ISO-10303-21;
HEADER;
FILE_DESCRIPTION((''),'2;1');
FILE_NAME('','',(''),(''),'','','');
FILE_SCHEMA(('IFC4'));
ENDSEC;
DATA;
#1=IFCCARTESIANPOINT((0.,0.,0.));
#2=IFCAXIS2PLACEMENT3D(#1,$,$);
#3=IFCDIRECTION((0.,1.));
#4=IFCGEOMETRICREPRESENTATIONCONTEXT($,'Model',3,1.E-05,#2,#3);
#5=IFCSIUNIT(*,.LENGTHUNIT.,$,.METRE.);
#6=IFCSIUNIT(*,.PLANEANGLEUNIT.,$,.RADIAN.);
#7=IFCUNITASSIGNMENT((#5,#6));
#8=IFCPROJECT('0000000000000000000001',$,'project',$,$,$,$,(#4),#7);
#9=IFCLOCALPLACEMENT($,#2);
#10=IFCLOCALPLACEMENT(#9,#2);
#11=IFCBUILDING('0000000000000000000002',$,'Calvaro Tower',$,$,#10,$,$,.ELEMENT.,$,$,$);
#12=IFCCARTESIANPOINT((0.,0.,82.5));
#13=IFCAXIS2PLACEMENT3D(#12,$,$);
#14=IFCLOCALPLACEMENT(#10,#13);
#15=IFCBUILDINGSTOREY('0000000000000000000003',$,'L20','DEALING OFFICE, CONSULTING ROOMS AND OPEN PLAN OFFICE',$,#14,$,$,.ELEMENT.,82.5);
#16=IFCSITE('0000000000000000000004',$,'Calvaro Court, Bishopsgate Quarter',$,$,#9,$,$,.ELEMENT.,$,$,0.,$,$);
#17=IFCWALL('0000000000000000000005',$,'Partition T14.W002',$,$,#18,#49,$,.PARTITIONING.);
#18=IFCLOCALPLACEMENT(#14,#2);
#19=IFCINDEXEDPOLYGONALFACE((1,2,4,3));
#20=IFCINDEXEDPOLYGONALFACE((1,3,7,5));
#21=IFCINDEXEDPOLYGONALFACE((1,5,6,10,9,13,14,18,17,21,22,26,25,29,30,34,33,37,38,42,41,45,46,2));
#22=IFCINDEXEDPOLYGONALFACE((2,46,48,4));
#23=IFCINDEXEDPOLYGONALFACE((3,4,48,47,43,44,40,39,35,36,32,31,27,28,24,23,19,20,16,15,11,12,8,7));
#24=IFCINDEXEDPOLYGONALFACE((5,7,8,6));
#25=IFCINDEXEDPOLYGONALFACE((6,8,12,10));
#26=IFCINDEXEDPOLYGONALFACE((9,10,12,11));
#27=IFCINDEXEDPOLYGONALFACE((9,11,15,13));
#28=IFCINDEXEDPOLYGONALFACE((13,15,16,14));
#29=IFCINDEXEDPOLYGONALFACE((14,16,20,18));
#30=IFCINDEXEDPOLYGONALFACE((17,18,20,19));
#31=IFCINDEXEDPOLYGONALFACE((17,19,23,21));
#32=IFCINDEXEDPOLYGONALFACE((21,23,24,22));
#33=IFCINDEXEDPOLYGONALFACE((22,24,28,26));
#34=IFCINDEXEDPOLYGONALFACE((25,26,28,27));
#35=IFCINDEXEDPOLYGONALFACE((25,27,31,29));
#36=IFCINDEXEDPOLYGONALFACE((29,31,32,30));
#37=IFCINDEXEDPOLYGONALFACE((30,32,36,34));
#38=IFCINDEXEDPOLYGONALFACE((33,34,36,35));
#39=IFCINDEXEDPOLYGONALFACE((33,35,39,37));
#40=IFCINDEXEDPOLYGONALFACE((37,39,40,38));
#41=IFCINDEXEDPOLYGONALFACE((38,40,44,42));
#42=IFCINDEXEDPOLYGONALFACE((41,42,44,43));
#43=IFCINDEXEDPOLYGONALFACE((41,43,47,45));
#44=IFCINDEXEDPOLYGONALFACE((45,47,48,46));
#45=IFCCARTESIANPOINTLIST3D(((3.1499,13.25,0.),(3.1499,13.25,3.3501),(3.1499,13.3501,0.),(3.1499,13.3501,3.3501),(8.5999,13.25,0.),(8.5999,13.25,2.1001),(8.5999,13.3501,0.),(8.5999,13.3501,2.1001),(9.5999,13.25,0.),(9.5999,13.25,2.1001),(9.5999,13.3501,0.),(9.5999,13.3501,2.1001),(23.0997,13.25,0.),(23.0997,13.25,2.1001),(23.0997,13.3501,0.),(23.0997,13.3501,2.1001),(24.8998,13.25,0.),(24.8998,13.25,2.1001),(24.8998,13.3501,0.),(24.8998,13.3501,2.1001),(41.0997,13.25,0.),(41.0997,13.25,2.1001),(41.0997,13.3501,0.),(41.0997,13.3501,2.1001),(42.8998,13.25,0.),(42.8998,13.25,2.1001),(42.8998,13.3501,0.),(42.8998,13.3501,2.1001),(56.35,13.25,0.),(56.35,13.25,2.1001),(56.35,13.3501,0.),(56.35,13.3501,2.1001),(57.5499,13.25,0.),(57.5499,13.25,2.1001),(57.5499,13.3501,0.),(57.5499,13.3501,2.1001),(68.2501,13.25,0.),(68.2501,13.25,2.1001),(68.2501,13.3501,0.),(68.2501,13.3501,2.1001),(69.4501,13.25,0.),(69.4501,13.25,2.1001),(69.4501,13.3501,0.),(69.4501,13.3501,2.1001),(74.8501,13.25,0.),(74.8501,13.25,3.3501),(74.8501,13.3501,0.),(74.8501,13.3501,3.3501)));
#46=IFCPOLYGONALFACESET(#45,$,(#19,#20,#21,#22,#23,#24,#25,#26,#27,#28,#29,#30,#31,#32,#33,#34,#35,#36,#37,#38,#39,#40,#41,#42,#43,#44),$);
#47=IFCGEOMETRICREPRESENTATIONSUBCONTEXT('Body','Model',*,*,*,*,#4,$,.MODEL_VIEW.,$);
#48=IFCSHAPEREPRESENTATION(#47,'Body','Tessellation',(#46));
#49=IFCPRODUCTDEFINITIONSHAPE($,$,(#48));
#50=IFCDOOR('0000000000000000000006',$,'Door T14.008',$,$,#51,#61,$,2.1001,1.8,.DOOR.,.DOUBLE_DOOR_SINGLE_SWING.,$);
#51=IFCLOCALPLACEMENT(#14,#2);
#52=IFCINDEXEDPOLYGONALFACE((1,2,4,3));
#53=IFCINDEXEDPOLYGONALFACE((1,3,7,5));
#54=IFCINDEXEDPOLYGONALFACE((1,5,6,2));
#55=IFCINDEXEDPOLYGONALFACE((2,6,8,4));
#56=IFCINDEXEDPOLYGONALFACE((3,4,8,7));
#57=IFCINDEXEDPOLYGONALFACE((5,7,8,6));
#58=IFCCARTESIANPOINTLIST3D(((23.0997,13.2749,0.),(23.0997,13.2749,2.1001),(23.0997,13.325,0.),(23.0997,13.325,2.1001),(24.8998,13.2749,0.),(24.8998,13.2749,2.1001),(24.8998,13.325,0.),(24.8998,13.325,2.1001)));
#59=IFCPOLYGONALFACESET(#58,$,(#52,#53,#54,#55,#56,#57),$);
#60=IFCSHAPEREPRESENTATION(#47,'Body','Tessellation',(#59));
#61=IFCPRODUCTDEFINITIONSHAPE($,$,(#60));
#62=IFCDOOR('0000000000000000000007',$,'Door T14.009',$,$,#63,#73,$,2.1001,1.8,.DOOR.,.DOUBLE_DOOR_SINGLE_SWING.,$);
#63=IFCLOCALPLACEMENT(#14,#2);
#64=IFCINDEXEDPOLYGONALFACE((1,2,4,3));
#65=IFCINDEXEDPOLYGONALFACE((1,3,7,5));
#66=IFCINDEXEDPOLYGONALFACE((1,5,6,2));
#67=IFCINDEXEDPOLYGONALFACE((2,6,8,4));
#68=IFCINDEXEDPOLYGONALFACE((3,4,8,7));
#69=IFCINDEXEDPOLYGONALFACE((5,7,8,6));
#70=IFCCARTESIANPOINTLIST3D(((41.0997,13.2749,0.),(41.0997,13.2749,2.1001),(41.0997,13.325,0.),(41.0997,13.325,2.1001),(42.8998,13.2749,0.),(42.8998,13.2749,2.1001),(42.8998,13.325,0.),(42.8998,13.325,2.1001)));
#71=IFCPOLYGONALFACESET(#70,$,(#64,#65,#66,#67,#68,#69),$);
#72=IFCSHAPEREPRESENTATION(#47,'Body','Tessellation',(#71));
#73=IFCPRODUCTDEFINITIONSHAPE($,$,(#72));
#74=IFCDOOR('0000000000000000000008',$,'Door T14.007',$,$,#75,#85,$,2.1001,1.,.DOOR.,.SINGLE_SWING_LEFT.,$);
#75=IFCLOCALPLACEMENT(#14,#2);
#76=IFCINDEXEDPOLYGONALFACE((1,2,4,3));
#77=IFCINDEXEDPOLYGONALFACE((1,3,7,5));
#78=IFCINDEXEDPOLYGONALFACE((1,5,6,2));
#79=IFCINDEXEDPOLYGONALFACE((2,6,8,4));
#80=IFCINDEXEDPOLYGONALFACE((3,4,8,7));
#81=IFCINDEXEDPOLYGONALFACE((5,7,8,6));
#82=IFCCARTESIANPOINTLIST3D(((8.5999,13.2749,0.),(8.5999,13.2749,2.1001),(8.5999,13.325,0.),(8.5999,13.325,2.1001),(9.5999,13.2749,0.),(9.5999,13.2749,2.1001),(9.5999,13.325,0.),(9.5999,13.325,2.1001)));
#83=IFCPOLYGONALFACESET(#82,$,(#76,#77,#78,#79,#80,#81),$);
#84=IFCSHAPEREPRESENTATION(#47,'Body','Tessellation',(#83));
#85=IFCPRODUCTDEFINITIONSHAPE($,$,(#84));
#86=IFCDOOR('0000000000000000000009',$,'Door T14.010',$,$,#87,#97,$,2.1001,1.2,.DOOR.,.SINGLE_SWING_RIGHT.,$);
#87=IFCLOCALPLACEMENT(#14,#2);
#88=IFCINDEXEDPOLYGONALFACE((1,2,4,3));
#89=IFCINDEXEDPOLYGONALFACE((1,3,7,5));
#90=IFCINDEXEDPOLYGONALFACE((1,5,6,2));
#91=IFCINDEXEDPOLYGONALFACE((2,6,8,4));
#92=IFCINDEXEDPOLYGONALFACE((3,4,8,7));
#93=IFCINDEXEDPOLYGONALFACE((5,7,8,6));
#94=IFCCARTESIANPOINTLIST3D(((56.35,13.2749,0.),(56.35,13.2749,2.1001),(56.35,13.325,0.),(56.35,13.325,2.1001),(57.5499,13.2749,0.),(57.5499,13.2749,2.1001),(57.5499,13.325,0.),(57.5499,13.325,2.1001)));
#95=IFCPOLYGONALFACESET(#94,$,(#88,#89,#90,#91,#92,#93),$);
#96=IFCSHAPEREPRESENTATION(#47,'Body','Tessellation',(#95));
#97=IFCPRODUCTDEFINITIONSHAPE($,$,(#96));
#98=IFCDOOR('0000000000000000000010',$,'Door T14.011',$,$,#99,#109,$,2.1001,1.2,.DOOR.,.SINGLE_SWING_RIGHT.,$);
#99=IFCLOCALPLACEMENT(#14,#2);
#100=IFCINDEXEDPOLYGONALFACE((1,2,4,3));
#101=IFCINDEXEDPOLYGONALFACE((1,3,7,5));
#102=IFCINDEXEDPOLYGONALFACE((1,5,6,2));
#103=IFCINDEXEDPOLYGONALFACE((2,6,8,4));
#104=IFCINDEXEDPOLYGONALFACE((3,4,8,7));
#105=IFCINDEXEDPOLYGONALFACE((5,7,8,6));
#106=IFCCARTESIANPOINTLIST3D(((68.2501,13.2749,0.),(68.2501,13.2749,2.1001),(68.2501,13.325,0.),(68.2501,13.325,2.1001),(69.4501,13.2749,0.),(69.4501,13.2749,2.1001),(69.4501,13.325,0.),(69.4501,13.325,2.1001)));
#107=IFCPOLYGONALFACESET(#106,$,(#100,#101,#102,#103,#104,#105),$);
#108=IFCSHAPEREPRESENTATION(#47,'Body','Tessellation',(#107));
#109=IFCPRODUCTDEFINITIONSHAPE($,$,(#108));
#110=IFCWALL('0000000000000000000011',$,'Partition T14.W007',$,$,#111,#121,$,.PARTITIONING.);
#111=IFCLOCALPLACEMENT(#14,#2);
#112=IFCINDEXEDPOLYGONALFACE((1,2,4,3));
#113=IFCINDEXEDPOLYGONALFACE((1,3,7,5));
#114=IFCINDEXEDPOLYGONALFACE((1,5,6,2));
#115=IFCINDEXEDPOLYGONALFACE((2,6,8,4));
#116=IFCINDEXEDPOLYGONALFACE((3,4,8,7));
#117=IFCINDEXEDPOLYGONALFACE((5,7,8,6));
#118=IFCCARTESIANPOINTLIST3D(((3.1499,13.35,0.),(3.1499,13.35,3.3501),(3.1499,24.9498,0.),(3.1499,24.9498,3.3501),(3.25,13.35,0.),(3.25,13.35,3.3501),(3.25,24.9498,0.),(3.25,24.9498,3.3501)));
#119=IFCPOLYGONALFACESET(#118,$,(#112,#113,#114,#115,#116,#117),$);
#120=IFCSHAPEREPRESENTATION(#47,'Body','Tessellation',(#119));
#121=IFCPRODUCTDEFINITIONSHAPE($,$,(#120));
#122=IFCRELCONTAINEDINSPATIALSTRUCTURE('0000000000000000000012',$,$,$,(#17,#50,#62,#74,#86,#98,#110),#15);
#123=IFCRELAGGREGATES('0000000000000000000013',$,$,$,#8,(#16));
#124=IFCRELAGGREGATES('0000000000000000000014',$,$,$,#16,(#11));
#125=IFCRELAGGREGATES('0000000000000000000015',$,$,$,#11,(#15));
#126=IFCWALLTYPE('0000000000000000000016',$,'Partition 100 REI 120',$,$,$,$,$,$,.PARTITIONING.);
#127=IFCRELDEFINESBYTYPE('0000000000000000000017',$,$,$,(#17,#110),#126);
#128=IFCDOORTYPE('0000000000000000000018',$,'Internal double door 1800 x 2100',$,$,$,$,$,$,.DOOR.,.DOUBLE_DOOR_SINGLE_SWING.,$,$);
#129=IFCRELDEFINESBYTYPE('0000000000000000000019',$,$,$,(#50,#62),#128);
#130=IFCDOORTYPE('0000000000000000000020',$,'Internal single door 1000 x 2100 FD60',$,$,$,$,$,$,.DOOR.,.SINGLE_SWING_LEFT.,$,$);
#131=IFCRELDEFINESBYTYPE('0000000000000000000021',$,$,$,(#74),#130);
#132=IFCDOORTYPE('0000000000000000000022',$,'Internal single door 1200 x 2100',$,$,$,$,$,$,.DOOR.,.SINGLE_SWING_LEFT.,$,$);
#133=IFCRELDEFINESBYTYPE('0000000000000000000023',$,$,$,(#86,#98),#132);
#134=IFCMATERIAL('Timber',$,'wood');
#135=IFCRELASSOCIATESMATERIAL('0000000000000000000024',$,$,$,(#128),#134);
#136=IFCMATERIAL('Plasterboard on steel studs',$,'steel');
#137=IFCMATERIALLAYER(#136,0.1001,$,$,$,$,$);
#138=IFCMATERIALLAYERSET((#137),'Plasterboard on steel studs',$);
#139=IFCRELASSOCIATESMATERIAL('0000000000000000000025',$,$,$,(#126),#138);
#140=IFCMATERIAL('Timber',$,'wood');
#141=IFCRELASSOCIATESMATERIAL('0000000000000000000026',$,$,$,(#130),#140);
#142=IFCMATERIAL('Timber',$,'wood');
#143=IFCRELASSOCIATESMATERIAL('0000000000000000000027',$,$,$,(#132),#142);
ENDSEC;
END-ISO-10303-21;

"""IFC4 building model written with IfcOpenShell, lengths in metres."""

from ifc_helpers import new_model, si_unit, direction, frame, frame_2d, origin, place, context, subcontext, project, spatial, rectangle, extrude, material, layer, layer_set, type_object, element, fill, save


model = new_model("IFC4")

# Units and contexts
model_context = context("Model", 3, precision=1e-05, world=origin(), true_north=direction((0.0, 1.0)))
body_context = subcontext(model_context, "Body", "Model", "MODEL_VIEW")
ifc_project = project(units=[si_unit("LENGTHUNIT", "METRE"), si_unit("PLANEANGLEUNIT", "RADIAN")], contexts=[model_context])

# Site, building, storey
site_placement = place(None, origin())
site = spatial("IfcSite", under=ifc_project, at=site_placement, Name="Calvaro Court, Bishopsgate Quarter", CompositionType="ELEMENT", RefElevation=0.0)
building_placement = place(site_placement, origin())
building = spatial("IfcBuilding", under=site, at=building_placement, Name="Calvaro Tower", CompositionType="ELEMENT")
storey_placement = place(building_placement, frame((0.0, 0.0, 82.5)))
storey = spatial("IfcBuildingStorey", under=building, at=storey_placement, Name="L20", Description="DEALING OFFICE, CONSULTING ROOMS AND OPEN PLAN OFFICE", CompositionType="ELEMENT", Elevation=82.5)

# Wall, openings, doors
ifc_material_1 = material(Name="Timber", Category="wood")
door_type_1 = type_object("IfcDoorType", Name="Internal double door 1800 x 2100", OperationType="DOUBLE_DOOR_SINGLE_SWING", PredefinedType="DOOR", material=ifc_material_1)
ifc_material_2 = material(Name="Plasterboard on steel studs", Category="steel")
ifc_layer_1 = layer(ifc_material_2, 0.1001)
ifc_layer_set_1 = layer_set([ifc_layer_1], Name="Plasterboard on steel studs")
wall_type_1 = type_object("IfcWallType", Name="Partition 100 REI 120", PredefinedType="PARTITIONING", material=ifc_layer_set_1)
wall_1_placement = place(storey_placement, frame((3.1499, 13.3, 0.0), z_axis=(0.0, 0.0, 1.0), x_axis=(1.0, 0.0, 0.0)))
wall_1 = element("IfcWall", 1, at=wall_1_placement, inside=storey, type_object=wall_type_1, Name="Partition T14.W002", PredefinedType="PARTITIONING", context=body_context, shape_type="SweptSolid", body=[
    extrude(rectangle(XDim=71.7002, YDim=0.1001, at=frame_2d((35.8501, 0.0))), origin(), (0.0, 0.0, 1.0), 3.3501),
])
opening_1_placement = place(wall_1_placement, frame((5.45, 0.0, 0.0)))
opening_1 = element("IfcOpeningElement", 2, at=opening_1_placement, cuts=wall_1, PredefinedType="OPENING", context=body_context, shape_type="SweptSolid", body=[
    extrude(rectangle(XDim=1.0, YDim=2.1001, at=frame_2d((0.5, 1.05))), frame((0.0, 0.0601, 0.0), z_axis=(0.0, -1.0, 0.0), x_axis=(1.0, 0.0, 0.0)), (0.0, 0.0, 1.0), 0.1201),
])
opening_2_placement = place(wall_1_placement, frame((19.95, 0.0, 0.0)))
opening_2 = element("IfcOpeningElement", 3, at=opening_2_placement, cuts=wall_1, PredefinedType="OPENING", context=body_context, shape_type="SweptSolid", body=[
    extrude(rectangle(XDim=1.8, YDim=2.1001, at=frame_2d((0.8999, 1.05))), frame((0.0, 0.0601, 0.0), z_axis=(0.0, -1.0, 0.0), x_axis=(1.0, 0.0, 0.0)), (0.0, 0.0, 1.0), 0.1201),
])
opening_3_placement = place(wall_1_placement, frame((37.95, 0.0, 0.0)))
opening_3 = element("IfcOpeningElement", 4, at=opening_3_placement, cuts=wall_1, PredefinedType="OPENING", context=body_context, shape_type="SweptSolid", body=[
    extrude(rectangle(XDim=1.8, YDim=2.1001, at=frame_2d((0.8999, 1.05))), frame((0.0, 0.0601, 0.0), z_axis=(0.0, -1.0, 0.0), x_axis=(1.0, 0.0, 0.0)), (0.0, 0.0, 1.0), 0.1201),
])
opening_4_placement = place(wall_1_placement, frame((53.2, 0.0, 0.0)))
opening_4 = element("IfcOpeningElement", 5, at=opening_4_placement, cuts=wall_1, PredefinedType="OPENING", context=body_context, shape_type="SweptSolid", body=[
    extrude(rectangle(XDim=1.2, YDim=2.1001, at=frame_2d((0.6001, 1.05))), frame((0.0, 0.0601, 0.0), z_axis=(0.0, -1.0, 0.0), x_axis=(1.0, 0.0, 0.0)), (0.0, 0.0, 1.0), 0.1201),
])
opening_5_placement = place(wall_1_placement, frame((65.1001, 0.0, 0.0)))
opening_5 = element("IfcOpeningElement", 6, at=opening_5_placement, cuts=wall_1, PredefinedType="OPENING", context=body_context, shape_type="SweptSolid", body=[
    extrude(rectangle(XDim=1.2, YDim=2.1001, at=frame_2d((0.6001, 1.05))), frame((0.0, 0.0601, 0.0), z_axis=(0.0, -1.0, 0.0), x_axis=(1.0, 0.0, 0.0)), (0.0, 0.0, 1.0), 0.1201),
])
door_1_placement = place(opening_2_placement, origin())
door_1 = element("IfcDoor", 7, at=door_1_placement, inside=storey, type_object=door_type_1, Name="Door T14.008", OperationType="DOUBLE_DOOR_SINGLE_SWING", OverallHeight=2.1001, OverallWidth=1.8, PredefinedType="DOOR", context=body_context, shape_type="SweptSolid", body=[
    extrude(rectangle(XDim=1.8, YDim=2.1001, at=frame_2d((0.8999, 1.05))), frame((0.0, 0.0249, 0.0), z_axis=(0.0, -1.0, 0.0), x_axis=(1.0, 0.0, 0.0)), (0.0, 0.0, 1.0), 0.05),
])
fill(opening_2, door_1)
door_2_placement = place(opening_3_placement, origin())
door_2 = element("IfcDoor", 8, at=door_2_placement, inside=storey, type_object=door_type_1, Name="Door T14.009", OperationType="DOUBLE_DOOR_SINGLE_SWING", OverallHeight=2.1001, OverallWidth=1.8, PredefinedType="DOOR", context=body_context, shape_type="SweptSolid", body=[
    extrude(rectangle(XDim=1.8, YDim=2.1001, at=frame_2d((0.8999, 1.05))), frame((0.0, 0.0249, 0.0), z_axis=(0.0, -1.0, 0.0), x_axis=(1.0, 0.0, 0.0)), (0.0, 0.0, 1.0), 0.05),
])
fill(opening_3, door_2)
ifc_material_3 = material(Name="Timber", Category="wood")
door_type_2 = type_object("IfcDoorType", Name="Internal single door 1000 x 2100 FD60", OperationType="SINGLE_SWING_LEFT", PredefinedType="DOOR", material=ifc_material_3)
door_3_placement = place(opening_1_placement, origin())
door_3 = element("IfcDoor", 9, at=door_3_placement, inside=storey, type_object=door_type_2, Name="Door T14.007", OperationType="SINGLE_SWING_LEFT", OverallHeight=2.1001, OverallWidth=1.0, PredefinedType="DOOR", context=body_context, shape_type="SweptSolid", body=[
    extrude(rectangle(XDim=1.0, YDim=2.1001, at=frame_2d((0.5, 1.05))), frame((0.0, 0.0249, 0.0), z_axis=(0.0, -1.0, 0.0), x_axis=(1.0, 0.0, 0.0)), (0.0, 0.0, 1.0), 0.05),
])
fill(opening_1, door_3)
ifc_material_4 = material(Name="Timber", Category="wood")
door_type_3 = type_object("IfcDoorType", Name="Internal single door 1200 x 2100", OperationType="SINGLE_SWING_LEFT", PredefinedType="DOOR", material=ifc_material_4)
door_4_placement = place(opening_4_placement, origin())
door_4 = element("IfcDoor", 10, at=door_4_placement, inside=storey, type_object=door_type_3, Name="Door T14.010", OperationType="SINGLE_SWING_RIGHT", OverallHeight=2.1001, OverallWidth=1.2, PredefinedType="DOOR", context=body_context, shape_type="SweptSolid", body=[
    extrude(rectangle(XDim=1.2, YDim=2.1001, at=frame_2d((0.6001, 1.05))), frame((0.0, 0.0249, 0.0), z_axis=(0.0, -1.0, 0.0), x_axis=(1.0, 0.0, 0.0)), (0.0, 0.0, 1.0), 0.05),
])
fill(opening_4, door_4)
door_5_placement = place(opening_5_placement, origin())
door_5 = element("IfcDoor", 11, at=door_5_placement, inside=storey, type_object=door_type_3, Name="Door T14.011", OperationType="SINGLE_SWING_RIGHT", OverallHeight=2.1001, OverallWidth=1.2, PredefinedType="DOOR", context=body_context, shape_type="SweptSolid", body=[
    extrude(rectangle(XDim=1.2, YDim=2.1001, at=frame_2d((0.6001, 1.05))), frame((0.0, 0.0249, 0.0), z_axis=(0.0, -1.0, 0.0), x_axis=(1.0, 0.0, 0.0)), (0.0, 0.0, 1.0), 0.05),
])
fill(opening_5, door_5)

# Wall
wall_2_placement = place(storey_placement, frame((3.2, 13.3501, 0.0), z_axis=(0.0, 0.0, 1.0), x_axis=(0.0, 1.0, 0.0)))
element("IfcWall", 12, at=wall_2_placement, inside=storey, type_object=wall_type_1, Name="Partition T14.W007", PredefinedType="PARTITIONING", context=body_context, shape_type="SweptSolid", body=[
    extrude(rectangle(XDim=11.5999, YDim=0.1001, at=frame_2d((5.7998, 0.0))), origin(), (0.0, 0.0, 1.0), 3.3501),
])

save(model, "model.ifc")
